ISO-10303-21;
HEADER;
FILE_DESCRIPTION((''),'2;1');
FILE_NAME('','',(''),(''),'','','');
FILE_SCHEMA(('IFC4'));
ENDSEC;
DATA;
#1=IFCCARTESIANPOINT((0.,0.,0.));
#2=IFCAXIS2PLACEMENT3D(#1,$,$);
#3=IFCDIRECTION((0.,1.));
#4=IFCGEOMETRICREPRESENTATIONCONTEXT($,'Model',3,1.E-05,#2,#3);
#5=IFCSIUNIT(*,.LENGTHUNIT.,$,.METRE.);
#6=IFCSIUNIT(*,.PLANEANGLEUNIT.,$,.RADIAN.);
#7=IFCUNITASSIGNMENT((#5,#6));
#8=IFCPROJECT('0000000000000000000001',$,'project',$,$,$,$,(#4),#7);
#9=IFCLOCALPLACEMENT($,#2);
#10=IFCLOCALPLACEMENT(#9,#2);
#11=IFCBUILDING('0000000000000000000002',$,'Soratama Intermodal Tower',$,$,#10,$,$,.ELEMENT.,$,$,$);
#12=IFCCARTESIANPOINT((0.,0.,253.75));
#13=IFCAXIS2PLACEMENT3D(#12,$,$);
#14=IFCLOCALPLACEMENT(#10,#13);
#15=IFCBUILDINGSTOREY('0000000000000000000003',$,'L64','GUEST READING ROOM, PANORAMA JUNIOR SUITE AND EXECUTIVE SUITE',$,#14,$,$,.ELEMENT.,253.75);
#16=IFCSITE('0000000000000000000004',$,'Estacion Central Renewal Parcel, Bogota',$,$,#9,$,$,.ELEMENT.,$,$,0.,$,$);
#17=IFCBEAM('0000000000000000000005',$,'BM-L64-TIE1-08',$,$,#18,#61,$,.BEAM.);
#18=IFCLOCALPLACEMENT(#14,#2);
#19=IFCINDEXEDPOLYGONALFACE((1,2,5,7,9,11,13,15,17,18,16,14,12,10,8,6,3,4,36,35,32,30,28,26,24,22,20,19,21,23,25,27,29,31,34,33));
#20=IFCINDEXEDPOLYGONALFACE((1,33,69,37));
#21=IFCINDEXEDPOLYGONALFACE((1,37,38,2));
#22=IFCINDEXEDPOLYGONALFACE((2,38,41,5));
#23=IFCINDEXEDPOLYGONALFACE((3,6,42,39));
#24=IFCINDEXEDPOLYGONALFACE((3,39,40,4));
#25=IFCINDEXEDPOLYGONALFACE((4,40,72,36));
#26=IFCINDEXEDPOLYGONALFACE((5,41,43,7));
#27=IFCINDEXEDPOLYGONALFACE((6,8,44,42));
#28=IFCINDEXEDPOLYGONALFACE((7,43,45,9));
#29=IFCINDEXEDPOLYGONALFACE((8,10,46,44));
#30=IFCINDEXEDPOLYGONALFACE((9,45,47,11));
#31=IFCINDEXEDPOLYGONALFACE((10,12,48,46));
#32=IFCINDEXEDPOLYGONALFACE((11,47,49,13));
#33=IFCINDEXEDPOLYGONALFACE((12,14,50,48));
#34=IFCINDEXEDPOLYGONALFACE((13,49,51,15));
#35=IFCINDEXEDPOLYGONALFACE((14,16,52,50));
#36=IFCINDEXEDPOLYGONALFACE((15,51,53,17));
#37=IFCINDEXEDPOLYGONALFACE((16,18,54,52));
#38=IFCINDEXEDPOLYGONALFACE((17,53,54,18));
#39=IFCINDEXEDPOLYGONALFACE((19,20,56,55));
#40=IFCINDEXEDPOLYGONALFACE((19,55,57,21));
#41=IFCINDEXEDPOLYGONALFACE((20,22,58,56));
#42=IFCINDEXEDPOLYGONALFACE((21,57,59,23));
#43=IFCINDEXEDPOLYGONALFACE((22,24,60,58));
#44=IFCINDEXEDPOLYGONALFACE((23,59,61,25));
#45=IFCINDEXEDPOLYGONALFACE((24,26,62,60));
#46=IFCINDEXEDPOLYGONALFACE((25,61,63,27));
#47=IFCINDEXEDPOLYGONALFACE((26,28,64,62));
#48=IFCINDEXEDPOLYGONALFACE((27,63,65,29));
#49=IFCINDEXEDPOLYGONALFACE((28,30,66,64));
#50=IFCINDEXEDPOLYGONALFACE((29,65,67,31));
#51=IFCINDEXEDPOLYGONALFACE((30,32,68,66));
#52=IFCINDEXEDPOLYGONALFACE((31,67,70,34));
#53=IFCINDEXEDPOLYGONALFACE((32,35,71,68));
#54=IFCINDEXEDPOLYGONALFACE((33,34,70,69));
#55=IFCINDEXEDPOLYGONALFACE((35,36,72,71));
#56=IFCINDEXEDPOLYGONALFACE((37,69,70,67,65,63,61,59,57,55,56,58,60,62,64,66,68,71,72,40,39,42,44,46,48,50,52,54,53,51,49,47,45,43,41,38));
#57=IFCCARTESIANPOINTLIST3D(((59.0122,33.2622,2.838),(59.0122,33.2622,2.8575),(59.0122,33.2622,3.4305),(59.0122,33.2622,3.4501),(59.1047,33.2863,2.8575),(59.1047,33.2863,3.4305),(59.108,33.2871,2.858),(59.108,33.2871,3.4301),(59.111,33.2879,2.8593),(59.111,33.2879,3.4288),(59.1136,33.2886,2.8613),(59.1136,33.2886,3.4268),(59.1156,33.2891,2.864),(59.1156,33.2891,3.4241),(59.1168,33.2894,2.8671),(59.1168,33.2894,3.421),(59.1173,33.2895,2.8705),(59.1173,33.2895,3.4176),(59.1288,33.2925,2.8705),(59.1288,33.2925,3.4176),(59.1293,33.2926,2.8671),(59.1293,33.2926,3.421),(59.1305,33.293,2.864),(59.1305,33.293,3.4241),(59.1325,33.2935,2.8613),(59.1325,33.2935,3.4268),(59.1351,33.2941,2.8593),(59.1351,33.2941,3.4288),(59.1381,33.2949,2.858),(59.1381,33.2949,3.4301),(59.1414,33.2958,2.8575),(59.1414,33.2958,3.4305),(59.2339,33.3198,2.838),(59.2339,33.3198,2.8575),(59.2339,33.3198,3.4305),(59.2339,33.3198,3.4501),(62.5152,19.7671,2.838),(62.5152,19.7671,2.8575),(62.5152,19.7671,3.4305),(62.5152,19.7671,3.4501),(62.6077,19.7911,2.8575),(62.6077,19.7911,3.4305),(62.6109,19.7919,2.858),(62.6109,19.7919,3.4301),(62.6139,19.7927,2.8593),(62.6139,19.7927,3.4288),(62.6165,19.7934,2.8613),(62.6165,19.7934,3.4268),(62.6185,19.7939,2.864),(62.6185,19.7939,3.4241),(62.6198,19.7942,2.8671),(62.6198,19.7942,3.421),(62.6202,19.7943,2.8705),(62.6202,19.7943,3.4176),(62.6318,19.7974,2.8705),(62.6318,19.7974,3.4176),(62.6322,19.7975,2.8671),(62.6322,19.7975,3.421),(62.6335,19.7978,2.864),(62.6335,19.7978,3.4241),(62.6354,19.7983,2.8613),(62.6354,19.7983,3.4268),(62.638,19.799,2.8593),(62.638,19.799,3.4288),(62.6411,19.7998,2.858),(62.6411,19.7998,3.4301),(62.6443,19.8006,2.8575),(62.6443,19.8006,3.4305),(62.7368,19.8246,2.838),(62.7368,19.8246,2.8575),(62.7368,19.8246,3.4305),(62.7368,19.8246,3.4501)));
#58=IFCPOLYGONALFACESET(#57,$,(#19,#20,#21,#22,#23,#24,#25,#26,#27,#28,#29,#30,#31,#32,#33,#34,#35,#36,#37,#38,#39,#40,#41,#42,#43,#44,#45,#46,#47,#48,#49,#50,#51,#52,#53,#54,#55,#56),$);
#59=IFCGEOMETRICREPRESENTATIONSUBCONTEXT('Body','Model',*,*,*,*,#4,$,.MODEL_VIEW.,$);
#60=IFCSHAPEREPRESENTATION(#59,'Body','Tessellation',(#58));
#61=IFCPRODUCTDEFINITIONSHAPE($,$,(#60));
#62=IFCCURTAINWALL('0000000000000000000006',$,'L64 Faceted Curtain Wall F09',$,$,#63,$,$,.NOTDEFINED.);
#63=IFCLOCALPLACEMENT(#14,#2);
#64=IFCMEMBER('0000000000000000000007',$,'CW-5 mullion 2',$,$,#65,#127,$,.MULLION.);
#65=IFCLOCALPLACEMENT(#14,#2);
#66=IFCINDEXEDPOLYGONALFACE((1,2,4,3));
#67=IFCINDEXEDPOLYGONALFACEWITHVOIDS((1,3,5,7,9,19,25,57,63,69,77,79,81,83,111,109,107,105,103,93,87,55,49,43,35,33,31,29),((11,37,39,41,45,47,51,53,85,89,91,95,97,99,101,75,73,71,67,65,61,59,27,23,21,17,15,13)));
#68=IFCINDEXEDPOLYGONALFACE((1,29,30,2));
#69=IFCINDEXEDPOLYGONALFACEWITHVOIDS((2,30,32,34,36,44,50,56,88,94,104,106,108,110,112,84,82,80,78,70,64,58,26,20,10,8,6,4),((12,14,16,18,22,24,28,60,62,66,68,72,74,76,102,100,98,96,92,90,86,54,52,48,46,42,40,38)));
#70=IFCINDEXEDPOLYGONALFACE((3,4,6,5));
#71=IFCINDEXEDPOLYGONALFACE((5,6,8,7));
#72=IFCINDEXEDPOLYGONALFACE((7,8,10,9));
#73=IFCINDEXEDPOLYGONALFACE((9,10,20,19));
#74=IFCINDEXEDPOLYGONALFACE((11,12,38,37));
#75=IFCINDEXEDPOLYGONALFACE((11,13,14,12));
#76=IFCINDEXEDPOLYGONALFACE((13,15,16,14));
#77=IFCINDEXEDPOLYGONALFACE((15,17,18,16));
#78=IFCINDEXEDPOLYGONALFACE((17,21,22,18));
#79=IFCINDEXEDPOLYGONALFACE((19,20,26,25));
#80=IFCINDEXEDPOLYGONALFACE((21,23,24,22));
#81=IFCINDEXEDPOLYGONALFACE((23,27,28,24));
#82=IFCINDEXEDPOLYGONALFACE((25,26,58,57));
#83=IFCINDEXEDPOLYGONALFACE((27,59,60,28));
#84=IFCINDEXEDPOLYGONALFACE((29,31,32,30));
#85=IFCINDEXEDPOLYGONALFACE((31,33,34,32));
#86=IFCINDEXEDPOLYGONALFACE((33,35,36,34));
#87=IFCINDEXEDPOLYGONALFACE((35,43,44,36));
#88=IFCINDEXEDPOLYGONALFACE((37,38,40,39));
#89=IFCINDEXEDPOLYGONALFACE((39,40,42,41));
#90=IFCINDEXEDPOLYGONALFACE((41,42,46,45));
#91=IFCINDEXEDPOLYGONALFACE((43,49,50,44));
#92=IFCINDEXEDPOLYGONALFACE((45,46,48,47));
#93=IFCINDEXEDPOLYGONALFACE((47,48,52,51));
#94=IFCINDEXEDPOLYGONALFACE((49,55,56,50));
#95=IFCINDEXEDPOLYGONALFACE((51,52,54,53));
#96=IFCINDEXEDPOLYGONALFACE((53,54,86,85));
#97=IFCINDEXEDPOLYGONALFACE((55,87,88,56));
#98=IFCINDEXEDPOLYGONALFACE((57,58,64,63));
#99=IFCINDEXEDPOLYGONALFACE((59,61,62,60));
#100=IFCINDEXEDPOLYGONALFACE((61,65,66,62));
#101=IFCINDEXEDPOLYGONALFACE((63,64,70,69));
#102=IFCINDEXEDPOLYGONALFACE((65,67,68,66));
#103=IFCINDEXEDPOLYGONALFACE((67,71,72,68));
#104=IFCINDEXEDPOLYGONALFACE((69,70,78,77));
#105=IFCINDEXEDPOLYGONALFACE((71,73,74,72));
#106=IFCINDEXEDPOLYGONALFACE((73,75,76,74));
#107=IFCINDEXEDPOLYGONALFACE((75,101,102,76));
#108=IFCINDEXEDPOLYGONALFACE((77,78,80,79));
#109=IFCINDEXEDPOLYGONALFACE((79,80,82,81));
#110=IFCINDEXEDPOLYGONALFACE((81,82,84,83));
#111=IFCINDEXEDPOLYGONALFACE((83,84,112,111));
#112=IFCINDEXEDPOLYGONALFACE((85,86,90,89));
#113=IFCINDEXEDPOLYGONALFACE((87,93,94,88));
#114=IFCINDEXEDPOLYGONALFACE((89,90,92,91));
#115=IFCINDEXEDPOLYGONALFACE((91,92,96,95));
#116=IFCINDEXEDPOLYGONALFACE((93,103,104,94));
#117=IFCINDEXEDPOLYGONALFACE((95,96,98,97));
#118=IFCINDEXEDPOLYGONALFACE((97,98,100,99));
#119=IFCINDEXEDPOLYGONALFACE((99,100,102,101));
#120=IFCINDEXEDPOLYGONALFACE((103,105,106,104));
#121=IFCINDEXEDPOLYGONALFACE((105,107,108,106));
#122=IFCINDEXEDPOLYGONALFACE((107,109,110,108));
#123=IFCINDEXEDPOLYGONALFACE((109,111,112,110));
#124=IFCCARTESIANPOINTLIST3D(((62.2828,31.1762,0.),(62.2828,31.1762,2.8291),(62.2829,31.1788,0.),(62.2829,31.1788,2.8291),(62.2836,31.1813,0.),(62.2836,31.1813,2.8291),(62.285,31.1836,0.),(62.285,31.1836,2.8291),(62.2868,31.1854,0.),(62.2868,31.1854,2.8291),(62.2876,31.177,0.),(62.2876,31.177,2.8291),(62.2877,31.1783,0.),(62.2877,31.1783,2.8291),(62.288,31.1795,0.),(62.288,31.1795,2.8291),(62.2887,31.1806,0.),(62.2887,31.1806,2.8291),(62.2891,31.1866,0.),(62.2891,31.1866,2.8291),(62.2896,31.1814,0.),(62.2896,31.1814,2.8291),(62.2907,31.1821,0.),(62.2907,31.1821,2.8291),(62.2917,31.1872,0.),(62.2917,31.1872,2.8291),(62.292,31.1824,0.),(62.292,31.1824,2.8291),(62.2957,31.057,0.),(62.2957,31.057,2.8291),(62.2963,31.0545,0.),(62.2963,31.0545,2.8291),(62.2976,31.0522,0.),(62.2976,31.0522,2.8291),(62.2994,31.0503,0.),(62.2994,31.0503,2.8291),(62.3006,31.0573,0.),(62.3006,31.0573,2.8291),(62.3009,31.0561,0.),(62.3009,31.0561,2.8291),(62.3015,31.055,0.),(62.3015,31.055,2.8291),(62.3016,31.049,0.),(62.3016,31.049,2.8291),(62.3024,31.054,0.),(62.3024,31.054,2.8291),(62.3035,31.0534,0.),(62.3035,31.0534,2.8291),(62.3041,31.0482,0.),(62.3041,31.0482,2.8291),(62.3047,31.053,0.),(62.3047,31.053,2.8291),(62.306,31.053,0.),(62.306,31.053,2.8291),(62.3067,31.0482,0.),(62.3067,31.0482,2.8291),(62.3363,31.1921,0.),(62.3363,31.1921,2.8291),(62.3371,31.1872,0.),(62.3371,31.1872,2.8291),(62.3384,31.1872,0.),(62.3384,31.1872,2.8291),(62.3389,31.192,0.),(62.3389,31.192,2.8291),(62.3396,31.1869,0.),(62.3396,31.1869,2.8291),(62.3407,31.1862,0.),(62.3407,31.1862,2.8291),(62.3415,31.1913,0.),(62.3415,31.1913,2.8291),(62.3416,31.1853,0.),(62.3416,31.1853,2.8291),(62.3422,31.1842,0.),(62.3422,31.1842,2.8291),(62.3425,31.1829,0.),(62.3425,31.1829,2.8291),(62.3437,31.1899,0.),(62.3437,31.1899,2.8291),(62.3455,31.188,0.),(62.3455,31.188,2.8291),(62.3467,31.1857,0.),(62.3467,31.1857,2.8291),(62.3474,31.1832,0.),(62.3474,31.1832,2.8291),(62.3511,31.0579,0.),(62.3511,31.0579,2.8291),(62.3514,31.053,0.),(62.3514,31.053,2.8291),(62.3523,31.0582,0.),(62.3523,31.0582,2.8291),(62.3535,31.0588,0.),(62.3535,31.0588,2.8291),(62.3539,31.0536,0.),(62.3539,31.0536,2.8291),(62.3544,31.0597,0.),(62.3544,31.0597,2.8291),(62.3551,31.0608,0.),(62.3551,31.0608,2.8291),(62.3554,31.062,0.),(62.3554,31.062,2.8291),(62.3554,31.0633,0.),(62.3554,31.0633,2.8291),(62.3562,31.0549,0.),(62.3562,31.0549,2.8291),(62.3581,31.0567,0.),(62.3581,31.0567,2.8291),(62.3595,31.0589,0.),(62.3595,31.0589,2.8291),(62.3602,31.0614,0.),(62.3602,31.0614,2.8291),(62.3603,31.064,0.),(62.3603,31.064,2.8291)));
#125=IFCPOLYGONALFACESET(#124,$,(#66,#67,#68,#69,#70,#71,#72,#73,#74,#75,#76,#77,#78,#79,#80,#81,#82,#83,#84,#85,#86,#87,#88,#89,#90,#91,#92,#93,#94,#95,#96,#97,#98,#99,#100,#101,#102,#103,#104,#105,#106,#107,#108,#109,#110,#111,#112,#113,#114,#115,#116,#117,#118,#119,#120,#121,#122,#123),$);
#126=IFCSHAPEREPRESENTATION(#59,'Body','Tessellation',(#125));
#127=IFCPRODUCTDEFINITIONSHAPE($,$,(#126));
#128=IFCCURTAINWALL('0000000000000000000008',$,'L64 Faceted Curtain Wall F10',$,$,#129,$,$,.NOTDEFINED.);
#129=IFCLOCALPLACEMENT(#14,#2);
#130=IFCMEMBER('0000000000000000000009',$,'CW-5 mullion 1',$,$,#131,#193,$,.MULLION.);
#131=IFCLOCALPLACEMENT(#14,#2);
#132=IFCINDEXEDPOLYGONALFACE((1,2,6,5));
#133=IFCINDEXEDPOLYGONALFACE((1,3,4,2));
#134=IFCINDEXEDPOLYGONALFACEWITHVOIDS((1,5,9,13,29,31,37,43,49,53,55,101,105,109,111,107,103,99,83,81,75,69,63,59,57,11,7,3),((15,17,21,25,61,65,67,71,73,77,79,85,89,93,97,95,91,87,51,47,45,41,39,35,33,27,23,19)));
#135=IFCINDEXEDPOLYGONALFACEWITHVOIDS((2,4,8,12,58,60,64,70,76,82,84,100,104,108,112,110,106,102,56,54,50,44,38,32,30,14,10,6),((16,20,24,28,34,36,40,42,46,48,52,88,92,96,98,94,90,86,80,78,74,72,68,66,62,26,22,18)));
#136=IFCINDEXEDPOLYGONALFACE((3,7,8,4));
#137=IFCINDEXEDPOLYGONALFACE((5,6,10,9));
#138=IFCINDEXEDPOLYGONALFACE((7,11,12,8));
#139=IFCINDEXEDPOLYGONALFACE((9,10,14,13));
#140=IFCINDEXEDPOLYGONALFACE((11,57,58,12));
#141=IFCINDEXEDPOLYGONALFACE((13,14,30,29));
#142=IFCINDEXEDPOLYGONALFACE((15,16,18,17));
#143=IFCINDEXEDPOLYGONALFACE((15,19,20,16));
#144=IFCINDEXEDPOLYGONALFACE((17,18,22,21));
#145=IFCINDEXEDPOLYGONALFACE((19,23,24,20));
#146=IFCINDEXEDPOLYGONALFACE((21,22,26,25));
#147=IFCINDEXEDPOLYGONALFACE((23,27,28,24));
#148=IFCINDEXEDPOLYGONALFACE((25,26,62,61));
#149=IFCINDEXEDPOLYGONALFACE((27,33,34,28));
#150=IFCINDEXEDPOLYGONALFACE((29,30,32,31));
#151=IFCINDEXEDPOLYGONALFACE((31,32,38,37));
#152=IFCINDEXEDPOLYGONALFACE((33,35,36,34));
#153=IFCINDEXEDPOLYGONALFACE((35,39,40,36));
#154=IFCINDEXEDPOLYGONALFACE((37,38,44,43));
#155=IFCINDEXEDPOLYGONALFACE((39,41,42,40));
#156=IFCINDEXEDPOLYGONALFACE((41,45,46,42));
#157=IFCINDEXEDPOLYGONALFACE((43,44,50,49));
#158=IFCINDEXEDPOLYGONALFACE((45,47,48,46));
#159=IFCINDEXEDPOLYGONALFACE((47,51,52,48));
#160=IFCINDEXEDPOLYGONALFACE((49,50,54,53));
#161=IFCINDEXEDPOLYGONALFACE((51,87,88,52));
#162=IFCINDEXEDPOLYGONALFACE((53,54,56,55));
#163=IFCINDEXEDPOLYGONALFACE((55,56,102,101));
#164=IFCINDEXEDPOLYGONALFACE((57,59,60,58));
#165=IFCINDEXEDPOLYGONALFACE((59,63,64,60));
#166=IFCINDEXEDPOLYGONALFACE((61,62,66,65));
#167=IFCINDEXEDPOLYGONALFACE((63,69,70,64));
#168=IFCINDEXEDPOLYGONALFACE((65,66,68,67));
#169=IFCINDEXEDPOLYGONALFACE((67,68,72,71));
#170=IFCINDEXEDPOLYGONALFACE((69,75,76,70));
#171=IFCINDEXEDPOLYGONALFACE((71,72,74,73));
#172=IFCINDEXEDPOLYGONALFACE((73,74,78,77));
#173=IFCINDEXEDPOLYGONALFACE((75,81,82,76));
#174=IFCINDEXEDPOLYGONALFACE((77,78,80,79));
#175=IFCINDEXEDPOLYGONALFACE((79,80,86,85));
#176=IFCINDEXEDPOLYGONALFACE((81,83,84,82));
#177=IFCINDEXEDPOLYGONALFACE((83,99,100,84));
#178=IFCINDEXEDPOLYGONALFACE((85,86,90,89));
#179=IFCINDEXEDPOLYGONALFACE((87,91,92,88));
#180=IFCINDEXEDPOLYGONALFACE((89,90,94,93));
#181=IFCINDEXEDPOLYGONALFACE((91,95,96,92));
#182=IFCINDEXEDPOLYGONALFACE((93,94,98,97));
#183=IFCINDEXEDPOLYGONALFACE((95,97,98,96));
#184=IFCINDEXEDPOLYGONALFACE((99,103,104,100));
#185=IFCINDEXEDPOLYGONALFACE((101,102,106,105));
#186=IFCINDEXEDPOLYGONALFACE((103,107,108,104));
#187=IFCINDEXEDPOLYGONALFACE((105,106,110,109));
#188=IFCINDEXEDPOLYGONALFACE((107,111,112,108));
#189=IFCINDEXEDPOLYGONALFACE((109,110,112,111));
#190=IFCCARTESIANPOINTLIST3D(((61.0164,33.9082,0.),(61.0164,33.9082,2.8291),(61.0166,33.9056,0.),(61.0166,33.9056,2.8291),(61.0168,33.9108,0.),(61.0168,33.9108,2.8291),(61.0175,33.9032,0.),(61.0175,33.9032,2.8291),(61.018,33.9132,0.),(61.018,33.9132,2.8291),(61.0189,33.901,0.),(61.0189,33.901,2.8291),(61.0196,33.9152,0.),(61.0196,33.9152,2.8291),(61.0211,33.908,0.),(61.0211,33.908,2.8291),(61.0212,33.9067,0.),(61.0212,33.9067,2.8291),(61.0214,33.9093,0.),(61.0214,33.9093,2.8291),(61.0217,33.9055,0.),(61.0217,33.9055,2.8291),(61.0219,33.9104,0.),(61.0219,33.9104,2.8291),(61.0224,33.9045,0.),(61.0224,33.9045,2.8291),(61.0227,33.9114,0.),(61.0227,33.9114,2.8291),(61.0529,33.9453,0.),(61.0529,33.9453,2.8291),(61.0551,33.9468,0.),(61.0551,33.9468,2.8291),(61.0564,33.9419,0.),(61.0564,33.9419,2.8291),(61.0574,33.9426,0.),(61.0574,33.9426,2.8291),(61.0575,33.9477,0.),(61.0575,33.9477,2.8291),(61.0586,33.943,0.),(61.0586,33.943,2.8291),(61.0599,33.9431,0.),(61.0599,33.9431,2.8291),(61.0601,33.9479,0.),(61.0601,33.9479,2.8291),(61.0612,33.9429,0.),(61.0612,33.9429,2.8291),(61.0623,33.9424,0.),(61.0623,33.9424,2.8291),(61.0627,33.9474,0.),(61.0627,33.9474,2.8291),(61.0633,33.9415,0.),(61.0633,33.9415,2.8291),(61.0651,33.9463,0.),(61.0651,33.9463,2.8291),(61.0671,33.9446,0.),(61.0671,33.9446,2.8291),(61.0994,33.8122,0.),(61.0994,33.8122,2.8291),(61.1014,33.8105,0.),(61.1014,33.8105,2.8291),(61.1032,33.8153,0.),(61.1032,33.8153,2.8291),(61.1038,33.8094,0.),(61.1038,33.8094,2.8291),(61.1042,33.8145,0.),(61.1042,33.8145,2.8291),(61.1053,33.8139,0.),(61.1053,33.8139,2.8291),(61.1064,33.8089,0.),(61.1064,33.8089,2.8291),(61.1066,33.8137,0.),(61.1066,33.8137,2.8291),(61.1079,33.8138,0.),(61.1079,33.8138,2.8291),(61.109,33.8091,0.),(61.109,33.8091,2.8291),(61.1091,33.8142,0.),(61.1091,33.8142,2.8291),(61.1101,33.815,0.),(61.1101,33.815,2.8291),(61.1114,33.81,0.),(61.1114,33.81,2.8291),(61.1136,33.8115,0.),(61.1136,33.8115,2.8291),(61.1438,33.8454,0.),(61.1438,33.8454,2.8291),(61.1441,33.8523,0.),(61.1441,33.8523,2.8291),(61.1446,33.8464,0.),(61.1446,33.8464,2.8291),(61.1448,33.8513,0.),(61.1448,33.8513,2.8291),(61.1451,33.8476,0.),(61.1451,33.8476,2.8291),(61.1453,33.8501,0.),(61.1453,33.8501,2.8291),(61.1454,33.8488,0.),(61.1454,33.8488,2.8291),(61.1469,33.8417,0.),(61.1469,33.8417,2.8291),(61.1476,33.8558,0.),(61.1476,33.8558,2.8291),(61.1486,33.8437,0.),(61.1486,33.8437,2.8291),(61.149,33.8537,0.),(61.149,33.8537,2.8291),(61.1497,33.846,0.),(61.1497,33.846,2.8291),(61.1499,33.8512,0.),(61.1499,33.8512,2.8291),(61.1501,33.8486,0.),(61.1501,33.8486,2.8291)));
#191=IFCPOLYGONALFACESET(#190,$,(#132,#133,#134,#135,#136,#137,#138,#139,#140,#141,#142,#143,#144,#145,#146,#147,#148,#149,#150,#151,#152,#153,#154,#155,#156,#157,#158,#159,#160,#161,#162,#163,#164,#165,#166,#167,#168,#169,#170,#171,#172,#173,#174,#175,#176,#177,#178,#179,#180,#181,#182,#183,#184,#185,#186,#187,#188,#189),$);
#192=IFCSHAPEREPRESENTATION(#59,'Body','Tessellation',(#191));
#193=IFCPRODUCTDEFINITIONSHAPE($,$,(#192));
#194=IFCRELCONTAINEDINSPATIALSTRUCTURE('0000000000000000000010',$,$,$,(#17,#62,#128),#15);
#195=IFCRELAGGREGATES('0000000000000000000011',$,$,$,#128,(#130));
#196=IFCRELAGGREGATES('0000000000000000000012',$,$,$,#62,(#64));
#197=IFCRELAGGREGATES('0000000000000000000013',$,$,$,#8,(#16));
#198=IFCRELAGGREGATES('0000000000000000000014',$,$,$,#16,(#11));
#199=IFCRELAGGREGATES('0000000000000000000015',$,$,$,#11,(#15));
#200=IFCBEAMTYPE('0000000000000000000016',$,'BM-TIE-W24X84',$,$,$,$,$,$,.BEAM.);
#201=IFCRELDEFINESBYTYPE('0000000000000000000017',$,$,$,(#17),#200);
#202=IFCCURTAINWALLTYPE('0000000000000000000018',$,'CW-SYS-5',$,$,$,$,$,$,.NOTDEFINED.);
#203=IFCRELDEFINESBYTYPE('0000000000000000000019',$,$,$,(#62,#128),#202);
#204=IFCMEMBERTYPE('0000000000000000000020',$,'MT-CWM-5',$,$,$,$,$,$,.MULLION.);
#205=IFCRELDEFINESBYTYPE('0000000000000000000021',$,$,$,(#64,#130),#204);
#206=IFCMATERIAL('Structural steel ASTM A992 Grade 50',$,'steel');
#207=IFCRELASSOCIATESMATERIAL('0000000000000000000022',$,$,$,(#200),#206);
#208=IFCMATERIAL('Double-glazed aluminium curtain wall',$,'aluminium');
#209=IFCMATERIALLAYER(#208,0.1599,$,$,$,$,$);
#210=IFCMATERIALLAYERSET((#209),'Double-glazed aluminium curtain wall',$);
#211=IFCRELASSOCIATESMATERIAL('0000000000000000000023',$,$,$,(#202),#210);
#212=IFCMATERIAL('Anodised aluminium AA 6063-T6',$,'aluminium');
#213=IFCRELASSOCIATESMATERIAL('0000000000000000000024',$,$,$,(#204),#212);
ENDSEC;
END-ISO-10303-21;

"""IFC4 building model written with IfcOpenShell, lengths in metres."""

from ifc_helpers import new_model, si_unit, direction, frame, origin, origin_2d, place, context, subcontext, project, spatial, hollow_rectangle, i_section, extrude, material, layer, layer_set, material_profile, profile_set, type_object, element, aggregate, save


model = new_model("IFC4")

# Units and contexts
model_context = context("Model", 3, precision=1e-05, world=origin(), true_north=direction((0.0, 1.0)))
body_context = subcontext(model_context, "Body", "Model", "MODEL_VIEW")
ifc_project = project(units=[si_unit("LENGTHUNIT", "METRE"), si_unit("PLANEANGLEUNIT", "RADIAN")], contexts=[model_context])

# Site, building, storey
site_placement = place(None, origin())
site = spatial("IfcSite", under=ifc_project, at=site_placement, Name="Estacion Central Renewal Parcel, Bogota", CompositionType="ELEMENT", RefElevation=0.0)
building_placement = place(site_placement, origin())
building = spatial("IfcBuilding", under=site, at=building_placement, Name="Soratama Intermodal Tower", CompositionType="ELEMENT")
storey_placement = place(building_placement, frame((0.0, 0.0, 253.75)))
storey = spatial("IfcBuildingStorey", under=building, at=storey_placement, Name="L64", Description="GUEST READING ROOM, PANORAMA JUNIOR SUITE AND EXECUTIVE SUITE", CompositionType="ELEMENT", Elevation=253.75)

# Beam
ifc_material_1 = material(Name="Structural steel ASTM A992 Grade 50", Category="steel")
ifc_material_profile_1 = material_profile(ifc_material_1, i_section(OverallWidth=0.229, OverallDepth=0.6121, WebThickness=0.012, FlangeThickness=0.0195, FilletRadius=0.0129, at=origin_2d()), Name="W24X84")
ifc_profile_set_1 = profile_set([ifc_material_profile_1], Name="Structural steel ASTM A992 Grade 50")
beam_type_1 = type_object("IfcBeamType", Name="BM-TIE-W24X84", PredefinedType="BEAM", material=ifc_profile_set_1)
beam_1_placement = place(storey_placement, frame((59.123, 33.291, 3.144), z_axis=(0.251244, -0.967924, 0.0), x_axis=(0.967924, 0.251244, 0.0)))
element("IfcBeam", 1, at=beam_1_placement, inside=storey, type_object=beam_type_1, Name="BM-L64-TIE1-08", PredefinedType="BEAM", context=body_context, shape_type="SweptSolid", body=[
    extrude(i_section(OverallWidth=0.229, OverallDepth=0.6121, WebThickness=0.012, FlangeThickness=0.0195, FilletRadius=0.0129, at=origin_2d()), origin(), (0.0, 0.0, 1.0), 13.9424),
])

# Curtain wall, member
ifc_material_2 = material(Name="Double-glazed aluminium curtain wall", Category="aluminium")
ifc_layer_1 = layer(ifc_material_2, 0.1599)
ifc_layer_set_1 = layer_set([ifc_layer_1], Name="Double-glazed aluminium curtain wall")
curtain_wall_type = type_object("IfcCurtainWallType", Name="CW-SYS-5", PredefinedType="NOTDEFINED", material=ifc_layer_set_1)
curtain_wall_1_placement = place(storey_placement, origin())
curtain_wall_1 = element("IfcCurtainWall", 2, at=curtain_wall_1_placement, inside=storey, type_object=curtain_wall_type, Name="L64 Faceted Curtain Wall F09", PredefinedType="NOTDEFINED")
ifc_material_3 = material(Name="Anodised aluminium AA 6063-T6", Category="aluminium")
ifc_material_profile_2 = material_profile(ifc_material_3, hollow_rectangle(XDim=0.0649, YDim=0.1399, WallThickness=0.0049, InnerFilletRadius=0.0049, OuterFilletRadius=0.01, at=origin_2d()), Name="CWM140X65X5")
ifc_profile_set_2 = profile_set([ifc_material_profile_2], Name="Anodised aluminium AA 6063-T6")
member_type_1 = type_object("IfcMemberType", Name="MT-CWM-5", PredefinedType="MULLION", material=ifc_profile_set_2)
member_1_placement = place(storey_placement, frame((62.3215, 31.1201, 0.0), z_axis=(0.0, 0.0, 1.0), x_axis=(-0.994188, -0.107661, 0.0)))
member_1 = element("IfcMember", 3, at=member_1_placement, type_object=member_type_1, Name="CW-5 mullion 2", PredefinedType="MULLION", context=body_context, shape_type="SweptSolid", body=[
    extrude(hollow_rectangle(XDim=0.0649, YDim=0.1399, WallThickness=0.0049, InnerFilletRadius=0.0049, OuterFilletRadius=0.01, at=origin_2d()), origin(), (0.0, 0.0, 1.0), 2.8291),
])

# Curtain wall, member
curtain_wall_2_placement = place(storey_placement, origin())
curtain_wall_2 = element("IfcCurtainWall", 4, at=curtain_wall_2_placement, inside=storey, type_object=curtain_wall_type, Name="L64 Faceted Curtain Wall F10", PredefinedType="NOTDEFINED")
member_2_placement = place(storey_placement, frame((61.0833, 33.8784, 0.0), z_axis=(0.0, 0.0, 1.0), x_axis=(-0.741039, -0.671461, 0.0)))
member_2 = element("IfcMember", 5, at=member_2_placement, type_object=member_type_1, Name="CW-5 mullion 1", PredefinedType="MULLION", context=body_context, shape_type="SweptSolid", body=[
    extrude(hollow_rectangle(XDim=0.0649, YDim=0.1399, WallThickness=0.0049, InnerFilletRadius=0.0049, OuterFilletRadius=0.01, at=origin_2d()), origin(), (0.0, 0.0, 1.0), 2.8291),
])
aggregate(curtain_wall_2, [member_2])

aggregate(curtain_wall_1, [member_1])

save(model, "model.ifc")
